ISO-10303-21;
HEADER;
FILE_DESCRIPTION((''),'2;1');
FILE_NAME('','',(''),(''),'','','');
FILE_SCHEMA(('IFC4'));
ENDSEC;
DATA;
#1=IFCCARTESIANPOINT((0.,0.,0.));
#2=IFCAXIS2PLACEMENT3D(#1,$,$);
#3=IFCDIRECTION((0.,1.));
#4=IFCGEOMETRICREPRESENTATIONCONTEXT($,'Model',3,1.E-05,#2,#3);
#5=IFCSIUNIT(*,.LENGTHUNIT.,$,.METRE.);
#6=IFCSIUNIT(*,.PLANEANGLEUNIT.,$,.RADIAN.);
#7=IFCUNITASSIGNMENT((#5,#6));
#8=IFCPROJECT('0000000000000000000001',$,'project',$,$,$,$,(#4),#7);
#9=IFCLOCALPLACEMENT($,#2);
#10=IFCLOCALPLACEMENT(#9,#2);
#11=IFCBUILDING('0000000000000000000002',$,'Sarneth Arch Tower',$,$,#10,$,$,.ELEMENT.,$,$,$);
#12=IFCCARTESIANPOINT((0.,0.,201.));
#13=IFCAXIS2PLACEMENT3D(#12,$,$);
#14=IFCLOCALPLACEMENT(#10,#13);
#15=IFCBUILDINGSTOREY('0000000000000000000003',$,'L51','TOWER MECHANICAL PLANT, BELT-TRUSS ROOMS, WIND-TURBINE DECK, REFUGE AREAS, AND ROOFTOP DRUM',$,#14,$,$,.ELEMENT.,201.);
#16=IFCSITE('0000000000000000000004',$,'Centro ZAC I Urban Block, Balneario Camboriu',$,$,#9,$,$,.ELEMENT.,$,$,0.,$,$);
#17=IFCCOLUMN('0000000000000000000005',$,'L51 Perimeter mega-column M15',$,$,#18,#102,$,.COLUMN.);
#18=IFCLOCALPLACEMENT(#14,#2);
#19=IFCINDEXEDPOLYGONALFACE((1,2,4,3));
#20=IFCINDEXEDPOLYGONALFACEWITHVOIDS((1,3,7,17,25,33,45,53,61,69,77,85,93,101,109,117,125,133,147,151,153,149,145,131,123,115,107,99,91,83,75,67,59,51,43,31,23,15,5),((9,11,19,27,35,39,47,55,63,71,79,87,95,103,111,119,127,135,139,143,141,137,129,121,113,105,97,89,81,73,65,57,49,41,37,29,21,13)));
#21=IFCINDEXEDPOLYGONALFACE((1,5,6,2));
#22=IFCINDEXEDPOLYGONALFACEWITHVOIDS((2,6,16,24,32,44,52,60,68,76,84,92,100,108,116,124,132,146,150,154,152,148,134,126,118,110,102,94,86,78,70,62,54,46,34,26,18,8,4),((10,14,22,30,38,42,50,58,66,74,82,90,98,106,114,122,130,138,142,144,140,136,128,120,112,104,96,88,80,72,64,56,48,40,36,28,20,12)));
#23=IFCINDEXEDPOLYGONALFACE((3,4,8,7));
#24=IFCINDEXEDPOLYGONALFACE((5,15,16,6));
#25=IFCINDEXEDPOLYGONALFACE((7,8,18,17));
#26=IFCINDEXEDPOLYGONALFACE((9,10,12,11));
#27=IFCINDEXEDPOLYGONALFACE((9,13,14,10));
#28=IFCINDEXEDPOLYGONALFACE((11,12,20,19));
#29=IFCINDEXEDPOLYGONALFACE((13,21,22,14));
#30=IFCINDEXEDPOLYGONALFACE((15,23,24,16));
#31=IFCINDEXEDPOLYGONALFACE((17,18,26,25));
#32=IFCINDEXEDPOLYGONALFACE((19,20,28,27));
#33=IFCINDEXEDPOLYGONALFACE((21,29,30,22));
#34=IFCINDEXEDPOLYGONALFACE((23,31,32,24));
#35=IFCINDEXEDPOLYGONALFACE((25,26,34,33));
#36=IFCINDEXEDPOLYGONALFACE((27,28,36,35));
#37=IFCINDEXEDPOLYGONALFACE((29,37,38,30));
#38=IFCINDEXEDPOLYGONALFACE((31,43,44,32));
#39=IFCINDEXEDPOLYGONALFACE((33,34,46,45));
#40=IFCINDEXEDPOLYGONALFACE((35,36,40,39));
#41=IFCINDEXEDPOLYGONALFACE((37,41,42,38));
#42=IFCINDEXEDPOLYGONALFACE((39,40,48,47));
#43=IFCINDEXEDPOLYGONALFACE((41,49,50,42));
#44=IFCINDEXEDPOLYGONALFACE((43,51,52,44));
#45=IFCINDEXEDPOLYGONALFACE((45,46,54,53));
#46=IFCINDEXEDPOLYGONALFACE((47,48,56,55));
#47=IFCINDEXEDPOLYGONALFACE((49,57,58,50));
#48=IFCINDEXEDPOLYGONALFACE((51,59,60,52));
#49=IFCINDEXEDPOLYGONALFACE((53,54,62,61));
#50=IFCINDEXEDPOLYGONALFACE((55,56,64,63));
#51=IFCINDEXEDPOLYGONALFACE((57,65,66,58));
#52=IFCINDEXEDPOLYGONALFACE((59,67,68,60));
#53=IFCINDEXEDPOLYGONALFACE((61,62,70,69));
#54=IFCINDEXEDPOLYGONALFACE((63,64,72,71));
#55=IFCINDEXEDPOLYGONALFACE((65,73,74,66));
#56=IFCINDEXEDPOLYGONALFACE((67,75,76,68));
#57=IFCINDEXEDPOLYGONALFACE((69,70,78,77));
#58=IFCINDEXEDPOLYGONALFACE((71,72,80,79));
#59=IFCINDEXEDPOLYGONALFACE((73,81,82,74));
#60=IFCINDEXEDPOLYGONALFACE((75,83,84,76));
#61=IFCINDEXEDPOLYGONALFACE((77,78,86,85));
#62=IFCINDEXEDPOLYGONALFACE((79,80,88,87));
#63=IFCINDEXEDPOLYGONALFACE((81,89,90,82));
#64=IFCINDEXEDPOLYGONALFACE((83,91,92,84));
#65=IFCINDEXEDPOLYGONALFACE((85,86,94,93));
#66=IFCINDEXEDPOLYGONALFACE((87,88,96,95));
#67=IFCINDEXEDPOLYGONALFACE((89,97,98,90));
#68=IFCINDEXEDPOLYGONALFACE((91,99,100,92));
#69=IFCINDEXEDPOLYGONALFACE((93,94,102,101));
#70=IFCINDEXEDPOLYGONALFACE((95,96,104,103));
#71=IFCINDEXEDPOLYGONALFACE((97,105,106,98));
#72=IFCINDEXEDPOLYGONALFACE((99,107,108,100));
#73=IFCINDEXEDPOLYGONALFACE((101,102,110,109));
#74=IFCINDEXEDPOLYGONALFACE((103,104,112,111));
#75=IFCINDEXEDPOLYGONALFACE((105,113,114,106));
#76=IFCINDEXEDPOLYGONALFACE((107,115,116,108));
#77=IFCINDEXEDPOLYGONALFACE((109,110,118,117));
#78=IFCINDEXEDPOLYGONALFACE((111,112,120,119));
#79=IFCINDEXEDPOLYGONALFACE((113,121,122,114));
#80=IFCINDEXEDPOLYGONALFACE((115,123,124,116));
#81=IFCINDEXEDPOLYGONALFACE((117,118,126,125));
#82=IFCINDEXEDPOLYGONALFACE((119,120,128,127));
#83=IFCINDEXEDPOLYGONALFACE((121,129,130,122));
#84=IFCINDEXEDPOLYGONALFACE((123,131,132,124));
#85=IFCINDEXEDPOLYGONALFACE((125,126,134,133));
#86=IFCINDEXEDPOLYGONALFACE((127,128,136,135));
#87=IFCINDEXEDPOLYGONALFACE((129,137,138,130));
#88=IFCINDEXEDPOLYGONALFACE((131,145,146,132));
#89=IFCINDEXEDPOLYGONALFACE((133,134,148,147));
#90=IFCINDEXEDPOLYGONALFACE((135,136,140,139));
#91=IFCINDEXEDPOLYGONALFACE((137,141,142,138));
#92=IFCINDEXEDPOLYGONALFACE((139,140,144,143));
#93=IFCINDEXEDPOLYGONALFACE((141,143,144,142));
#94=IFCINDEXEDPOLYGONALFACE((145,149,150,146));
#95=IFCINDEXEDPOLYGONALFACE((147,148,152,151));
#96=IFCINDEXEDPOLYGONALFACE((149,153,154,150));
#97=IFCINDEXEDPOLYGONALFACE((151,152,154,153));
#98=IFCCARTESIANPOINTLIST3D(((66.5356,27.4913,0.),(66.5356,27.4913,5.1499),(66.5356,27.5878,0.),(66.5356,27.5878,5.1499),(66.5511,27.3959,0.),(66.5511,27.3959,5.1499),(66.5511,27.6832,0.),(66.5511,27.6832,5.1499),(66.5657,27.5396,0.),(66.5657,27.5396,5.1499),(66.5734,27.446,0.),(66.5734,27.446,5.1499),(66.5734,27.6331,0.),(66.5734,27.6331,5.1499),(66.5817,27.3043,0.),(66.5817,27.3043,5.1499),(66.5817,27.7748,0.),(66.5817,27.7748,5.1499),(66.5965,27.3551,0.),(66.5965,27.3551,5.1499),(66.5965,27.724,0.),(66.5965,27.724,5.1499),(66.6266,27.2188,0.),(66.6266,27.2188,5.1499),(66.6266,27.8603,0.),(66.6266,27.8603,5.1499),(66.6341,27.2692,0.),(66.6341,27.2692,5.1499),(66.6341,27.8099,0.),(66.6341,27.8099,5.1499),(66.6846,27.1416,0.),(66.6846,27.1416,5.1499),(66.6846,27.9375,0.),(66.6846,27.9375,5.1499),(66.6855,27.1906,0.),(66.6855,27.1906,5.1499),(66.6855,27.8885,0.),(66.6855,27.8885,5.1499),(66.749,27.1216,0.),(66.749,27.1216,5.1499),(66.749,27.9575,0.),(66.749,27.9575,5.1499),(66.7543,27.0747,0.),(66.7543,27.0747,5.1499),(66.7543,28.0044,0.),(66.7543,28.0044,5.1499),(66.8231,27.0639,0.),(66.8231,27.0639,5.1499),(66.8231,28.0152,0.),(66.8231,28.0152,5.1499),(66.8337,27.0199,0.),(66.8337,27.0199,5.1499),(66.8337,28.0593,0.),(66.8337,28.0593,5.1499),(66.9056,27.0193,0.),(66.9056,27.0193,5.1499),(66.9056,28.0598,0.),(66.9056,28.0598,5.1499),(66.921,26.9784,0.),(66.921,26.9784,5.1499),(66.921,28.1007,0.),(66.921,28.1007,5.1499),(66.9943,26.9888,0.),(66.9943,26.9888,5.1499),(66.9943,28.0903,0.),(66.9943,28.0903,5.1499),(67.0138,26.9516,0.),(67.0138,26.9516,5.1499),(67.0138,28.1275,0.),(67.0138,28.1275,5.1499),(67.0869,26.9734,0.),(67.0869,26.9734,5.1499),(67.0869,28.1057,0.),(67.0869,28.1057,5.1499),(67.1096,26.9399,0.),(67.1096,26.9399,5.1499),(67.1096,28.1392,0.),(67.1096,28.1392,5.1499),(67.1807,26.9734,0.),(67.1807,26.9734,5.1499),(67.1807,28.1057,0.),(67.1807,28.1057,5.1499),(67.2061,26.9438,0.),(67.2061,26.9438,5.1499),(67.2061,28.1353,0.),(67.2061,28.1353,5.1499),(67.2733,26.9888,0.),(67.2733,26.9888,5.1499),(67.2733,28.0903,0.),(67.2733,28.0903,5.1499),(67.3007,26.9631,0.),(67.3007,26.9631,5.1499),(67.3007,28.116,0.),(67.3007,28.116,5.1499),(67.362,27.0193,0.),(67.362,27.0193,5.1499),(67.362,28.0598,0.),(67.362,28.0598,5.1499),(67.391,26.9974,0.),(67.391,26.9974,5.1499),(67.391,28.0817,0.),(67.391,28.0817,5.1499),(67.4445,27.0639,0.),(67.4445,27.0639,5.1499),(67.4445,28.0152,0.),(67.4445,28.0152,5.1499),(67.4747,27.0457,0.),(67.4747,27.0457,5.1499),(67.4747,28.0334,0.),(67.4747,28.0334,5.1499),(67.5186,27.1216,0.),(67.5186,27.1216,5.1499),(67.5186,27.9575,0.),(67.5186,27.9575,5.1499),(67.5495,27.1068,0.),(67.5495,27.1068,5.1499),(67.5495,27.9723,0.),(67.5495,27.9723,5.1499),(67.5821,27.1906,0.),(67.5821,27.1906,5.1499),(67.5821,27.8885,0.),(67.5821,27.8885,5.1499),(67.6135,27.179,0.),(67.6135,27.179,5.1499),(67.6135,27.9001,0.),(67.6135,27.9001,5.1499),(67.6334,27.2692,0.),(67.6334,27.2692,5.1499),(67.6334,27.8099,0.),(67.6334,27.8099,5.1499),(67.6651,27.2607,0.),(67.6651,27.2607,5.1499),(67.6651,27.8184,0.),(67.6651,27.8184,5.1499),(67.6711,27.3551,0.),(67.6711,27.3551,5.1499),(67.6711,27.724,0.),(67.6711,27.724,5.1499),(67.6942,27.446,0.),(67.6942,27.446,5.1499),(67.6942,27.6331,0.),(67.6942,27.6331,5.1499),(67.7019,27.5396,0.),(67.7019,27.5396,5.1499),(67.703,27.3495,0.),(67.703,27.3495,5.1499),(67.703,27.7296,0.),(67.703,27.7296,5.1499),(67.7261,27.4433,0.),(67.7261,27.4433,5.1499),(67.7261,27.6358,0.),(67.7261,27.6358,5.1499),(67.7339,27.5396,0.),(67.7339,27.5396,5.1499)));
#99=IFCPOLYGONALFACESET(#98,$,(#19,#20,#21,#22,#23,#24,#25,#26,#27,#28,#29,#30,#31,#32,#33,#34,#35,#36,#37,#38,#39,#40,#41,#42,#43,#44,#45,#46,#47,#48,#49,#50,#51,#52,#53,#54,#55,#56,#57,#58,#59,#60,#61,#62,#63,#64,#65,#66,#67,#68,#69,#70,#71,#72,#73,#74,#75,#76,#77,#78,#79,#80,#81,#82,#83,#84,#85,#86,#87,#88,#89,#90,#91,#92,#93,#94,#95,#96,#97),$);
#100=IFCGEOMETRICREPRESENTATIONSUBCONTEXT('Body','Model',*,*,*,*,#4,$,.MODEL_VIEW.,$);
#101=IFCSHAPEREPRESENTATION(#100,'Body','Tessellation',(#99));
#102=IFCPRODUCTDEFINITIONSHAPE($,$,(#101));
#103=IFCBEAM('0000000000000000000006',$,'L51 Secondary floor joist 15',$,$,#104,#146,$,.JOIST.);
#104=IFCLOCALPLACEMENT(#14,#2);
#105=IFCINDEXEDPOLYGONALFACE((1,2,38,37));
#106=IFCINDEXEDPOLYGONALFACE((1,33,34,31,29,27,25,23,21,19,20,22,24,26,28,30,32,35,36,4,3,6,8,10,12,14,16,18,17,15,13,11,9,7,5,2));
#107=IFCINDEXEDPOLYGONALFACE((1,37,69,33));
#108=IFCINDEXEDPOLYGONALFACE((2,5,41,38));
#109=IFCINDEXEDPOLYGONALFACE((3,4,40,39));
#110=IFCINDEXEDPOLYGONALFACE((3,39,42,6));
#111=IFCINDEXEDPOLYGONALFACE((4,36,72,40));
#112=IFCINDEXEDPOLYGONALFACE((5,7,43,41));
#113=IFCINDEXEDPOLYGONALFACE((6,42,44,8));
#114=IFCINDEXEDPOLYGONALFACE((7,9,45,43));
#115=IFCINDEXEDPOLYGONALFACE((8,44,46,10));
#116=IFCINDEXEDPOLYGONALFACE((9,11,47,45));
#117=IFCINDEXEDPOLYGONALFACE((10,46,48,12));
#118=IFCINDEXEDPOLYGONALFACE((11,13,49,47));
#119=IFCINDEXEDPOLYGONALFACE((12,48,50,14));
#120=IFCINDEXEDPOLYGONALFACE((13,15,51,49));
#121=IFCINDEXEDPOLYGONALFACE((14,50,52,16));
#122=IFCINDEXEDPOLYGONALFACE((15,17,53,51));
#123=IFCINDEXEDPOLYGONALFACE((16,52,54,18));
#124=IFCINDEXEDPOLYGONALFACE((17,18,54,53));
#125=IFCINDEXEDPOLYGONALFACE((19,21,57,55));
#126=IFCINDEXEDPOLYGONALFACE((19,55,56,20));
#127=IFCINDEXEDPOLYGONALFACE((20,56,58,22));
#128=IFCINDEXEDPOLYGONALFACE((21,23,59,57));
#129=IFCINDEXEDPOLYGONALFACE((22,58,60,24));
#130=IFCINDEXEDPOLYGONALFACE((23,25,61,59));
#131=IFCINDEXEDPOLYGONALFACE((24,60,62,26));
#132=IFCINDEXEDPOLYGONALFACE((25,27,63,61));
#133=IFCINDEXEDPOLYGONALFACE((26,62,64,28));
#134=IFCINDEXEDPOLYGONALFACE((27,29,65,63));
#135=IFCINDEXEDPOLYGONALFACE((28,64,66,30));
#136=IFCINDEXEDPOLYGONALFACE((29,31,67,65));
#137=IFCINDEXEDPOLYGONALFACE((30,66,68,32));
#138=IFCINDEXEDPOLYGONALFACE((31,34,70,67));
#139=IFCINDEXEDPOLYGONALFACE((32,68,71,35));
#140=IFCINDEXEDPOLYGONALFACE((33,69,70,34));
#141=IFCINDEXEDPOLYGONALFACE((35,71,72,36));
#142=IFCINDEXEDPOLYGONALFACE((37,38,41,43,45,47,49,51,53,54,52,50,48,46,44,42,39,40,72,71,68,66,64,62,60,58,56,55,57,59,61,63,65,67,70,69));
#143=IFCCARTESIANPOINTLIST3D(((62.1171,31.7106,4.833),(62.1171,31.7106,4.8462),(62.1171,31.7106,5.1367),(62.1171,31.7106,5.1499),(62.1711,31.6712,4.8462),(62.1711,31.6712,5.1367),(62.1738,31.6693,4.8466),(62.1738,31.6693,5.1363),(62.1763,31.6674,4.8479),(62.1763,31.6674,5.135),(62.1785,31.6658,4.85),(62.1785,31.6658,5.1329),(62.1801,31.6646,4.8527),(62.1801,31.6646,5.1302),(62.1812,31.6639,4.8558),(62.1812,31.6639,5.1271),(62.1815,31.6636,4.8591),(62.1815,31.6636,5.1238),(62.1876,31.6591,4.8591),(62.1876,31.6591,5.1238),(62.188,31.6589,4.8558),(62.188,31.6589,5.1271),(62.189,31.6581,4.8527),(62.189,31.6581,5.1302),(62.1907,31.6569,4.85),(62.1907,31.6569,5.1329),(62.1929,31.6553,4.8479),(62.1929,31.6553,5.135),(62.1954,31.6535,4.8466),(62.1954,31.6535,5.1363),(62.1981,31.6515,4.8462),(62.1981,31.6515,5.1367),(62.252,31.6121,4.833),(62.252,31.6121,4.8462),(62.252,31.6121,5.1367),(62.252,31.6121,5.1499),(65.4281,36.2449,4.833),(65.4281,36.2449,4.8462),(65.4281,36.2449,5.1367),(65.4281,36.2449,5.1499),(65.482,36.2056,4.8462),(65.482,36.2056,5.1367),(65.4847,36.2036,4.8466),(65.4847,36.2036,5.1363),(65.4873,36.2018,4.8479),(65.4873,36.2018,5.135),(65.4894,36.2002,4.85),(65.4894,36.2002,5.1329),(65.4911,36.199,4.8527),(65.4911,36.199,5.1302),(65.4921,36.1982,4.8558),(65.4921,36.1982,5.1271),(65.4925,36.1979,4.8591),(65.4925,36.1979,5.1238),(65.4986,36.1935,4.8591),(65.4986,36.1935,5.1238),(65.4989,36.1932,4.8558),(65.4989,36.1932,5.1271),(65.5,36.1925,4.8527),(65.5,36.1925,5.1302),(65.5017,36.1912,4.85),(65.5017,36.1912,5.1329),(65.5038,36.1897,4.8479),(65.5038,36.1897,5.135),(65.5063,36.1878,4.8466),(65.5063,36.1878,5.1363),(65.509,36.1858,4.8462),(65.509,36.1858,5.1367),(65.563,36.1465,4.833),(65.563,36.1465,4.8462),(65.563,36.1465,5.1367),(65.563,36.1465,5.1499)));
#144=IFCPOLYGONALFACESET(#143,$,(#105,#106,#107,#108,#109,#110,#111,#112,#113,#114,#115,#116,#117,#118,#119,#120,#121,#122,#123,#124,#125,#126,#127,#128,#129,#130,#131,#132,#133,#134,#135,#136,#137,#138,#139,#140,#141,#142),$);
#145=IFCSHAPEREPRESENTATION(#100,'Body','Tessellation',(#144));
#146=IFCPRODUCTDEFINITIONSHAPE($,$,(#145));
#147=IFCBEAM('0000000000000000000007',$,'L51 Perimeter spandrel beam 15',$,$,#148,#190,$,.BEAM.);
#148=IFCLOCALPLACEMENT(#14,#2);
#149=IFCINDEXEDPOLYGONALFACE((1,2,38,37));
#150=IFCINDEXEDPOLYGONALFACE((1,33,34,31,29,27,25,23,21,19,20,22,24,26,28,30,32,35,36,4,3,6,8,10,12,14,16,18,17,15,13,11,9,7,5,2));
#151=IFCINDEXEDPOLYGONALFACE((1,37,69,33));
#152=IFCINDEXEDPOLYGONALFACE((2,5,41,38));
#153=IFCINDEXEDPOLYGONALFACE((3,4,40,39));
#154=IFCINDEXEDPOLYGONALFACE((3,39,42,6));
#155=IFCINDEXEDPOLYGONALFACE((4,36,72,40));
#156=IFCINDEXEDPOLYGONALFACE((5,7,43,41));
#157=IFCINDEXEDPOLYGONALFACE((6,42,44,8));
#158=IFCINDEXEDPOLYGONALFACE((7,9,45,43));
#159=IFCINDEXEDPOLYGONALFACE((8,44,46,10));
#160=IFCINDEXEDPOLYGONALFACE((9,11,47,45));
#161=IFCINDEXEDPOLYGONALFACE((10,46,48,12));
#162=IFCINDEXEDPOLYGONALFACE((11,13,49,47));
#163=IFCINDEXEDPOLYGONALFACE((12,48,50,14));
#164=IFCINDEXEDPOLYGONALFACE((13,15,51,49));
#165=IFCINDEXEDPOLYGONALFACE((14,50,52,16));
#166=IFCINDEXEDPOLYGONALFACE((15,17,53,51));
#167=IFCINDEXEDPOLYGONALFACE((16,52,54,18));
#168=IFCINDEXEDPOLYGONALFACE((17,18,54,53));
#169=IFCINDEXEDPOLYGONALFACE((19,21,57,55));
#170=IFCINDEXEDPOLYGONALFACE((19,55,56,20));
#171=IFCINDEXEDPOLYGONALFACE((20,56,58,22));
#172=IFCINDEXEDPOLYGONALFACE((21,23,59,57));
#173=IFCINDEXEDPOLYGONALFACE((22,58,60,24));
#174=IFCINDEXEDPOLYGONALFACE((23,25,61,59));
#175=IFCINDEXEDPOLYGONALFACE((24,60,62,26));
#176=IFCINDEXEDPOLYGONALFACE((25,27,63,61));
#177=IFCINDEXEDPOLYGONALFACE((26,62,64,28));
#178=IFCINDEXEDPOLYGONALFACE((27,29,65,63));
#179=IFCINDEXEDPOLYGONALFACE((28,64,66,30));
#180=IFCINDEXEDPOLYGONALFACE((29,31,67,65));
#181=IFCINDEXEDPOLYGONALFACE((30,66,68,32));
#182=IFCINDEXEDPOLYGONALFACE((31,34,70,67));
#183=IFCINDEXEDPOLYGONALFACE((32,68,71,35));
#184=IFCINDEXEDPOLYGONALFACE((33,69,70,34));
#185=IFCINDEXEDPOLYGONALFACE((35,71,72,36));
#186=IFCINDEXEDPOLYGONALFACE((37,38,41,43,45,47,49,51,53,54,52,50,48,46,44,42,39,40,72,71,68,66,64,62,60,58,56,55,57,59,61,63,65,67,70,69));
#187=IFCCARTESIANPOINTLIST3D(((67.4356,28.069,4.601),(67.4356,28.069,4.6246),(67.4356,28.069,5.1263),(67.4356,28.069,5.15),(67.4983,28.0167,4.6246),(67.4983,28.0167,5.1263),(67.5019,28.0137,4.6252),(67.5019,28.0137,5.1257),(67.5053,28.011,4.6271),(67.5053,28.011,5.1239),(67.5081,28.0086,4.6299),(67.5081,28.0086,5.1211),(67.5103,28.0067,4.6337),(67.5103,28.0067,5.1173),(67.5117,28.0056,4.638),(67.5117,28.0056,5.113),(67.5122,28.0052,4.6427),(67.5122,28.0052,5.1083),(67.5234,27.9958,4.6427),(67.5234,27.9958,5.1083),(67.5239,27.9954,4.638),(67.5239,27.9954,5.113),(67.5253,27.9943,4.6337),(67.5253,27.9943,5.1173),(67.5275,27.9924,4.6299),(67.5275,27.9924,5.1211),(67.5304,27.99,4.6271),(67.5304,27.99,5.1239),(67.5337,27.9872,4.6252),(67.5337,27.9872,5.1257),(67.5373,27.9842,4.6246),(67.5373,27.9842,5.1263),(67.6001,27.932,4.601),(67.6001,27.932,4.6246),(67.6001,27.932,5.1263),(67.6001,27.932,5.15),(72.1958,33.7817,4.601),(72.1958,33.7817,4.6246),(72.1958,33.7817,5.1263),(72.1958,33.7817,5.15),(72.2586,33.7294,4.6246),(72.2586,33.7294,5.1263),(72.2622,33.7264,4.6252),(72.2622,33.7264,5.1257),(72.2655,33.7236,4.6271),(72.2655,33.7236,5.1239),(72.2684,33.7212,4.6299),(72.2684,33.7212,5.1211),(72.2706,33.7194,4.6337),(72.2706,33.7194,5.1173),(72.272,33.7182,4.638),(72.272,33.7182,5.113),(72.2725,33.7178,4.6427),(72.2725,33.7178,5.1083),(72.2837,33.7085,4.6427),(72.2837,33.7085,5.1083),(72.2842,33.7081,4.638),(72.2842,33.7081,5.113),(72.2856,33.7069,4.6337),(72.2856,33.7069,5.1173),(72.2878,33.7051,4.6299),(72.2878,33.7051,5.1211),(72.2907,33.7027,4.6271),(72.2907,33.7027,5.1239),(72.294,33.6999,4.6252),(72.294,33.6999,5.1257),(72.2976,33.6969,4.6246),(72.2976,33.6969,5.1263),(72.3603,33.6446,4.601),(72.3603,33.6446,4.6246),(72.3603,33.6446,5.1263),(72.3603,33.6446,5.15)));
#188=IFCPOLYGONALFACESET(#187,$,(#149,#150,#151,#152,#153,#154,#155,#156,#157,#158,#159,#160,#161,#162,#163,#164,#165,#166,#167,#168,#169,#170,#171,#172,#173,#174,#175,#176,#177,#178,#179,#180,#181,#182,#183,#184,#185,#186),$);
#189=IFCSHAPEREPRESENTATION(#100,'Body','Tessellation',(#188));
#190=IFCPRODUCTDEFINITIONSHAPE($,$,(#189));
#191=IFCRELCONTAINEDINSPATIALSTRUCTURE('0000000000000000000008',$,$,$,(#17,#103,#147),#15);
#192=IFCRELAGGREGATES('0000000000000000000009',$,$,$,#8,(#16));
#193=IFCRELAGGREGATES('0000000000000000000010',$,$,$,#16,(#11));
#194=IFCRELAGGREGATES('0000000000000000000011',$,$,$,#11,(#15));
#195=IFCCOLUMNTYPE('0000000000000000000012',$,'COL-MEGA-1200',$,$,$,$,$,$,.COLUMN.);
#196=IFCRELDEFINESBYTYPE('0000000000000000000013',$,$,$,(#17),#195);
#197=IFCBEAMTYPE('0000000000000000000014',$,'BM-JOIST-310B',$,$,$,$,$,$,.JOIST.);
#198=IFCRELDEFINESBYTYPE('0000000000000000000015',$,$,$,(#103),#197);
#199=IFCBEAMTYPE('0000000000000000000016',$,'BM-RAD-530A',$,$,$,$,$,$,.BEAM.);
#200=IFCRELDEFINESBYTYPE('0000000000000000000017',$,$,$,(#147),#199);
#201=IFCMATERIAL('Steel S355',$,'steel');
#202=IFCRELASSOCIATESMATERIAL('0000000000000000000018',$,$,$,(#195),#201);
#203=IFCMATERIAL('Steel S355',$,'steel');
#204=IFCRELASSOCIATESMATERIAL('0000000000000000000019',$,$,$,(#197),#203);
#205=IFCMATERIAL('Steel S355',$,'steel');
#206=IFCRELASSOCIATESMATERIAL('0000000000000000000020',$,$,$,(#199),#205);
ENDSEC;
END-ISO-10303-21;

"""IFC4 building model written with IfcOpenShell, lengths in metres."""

from ifc_helpers import new_model, si_unit, direction, frame, origin, origin_2d, place, context, subcontext, project, spatial, hollow_circle, i_section, extrude, material, material_profile, profile_set, type_object, element, save


model = new_model("IFC4")

# Units and contexts
model_context = context("Model", 3, precision=1e-05, world=origin(), true_north=direction((0.0, 1.0)))
body_context = subcontext(model_context, "Body", "Model", "MODEL_VIEW")
ifc_project = project(units=[si_unit("LENGTHUNIT", "METRE"), si_unit("PLANEANGLEUNIT", "RADIAN")], contexts=[model_context])

# Site, building, storey
site_placement = place(None, origin())
site = spatial("IfcSite", under=ifc_project, at=site_placement, Name="Centro ZAC I Urban Block, Balneario Camboriu", CompositionType="ELEMENT", RefElevation=0.0)
building_placement = place(site_placement, origin())
building = spatial("IfcBuilding", under=site, at=building_placement, Name="Sarneth Arch Tower", CompositionType="ELEMENT")
storey_placement = place(building_placement, frame((0.0, 0.0, 201.0)))
storey = spatial("IfcBuildingStorey", under=building, at=storey_placement, Name="L51", Description="TOWER MECHANICAL PLANT, BELT-TRUSS ROOMS, WIND-TURBINE DECK, REFUGE AREAS, AND ROOFTOP DRUM", CompositionType="ELEMENT", Elevation=201.0)

# Column
ifc_material_1 = material(Name="Steel S355", Category="steel")
ifc_material_profile_1 = material_profile(ifc_material_1, hollow_circle(Radius=0.6001, WallThickness=0.032, at=origin_2d()), Name="CHS1200x32")
ifc_profile_set_1 = profile_set([ifc_material_profile_1], Name="Steel S355")
column_type = type_object("IfcColumnType", Name="COL-MEGA-1200", PredefinedType="COLUMN", material=ifc_profile_set_1)
column_placement = place(storey_placement, frame((67.1338, 27.5396, 0.0), z_axis=(0.0, 0.0, 1.0), x_axis=(1.0, 0.0, 0.0)))
element("IfcColumn", 1, at=column_placement, inside=storey, type_object=column_type, Name="L51 Perimeter mega-column M15", PredefinedType="COLUMN", context=body_context, shape_type="SweptSolid", body=[
    extrude(hollow_circle(Radius=0.6001, WallThickness=0.032, at=origin_2d()), origin(), (0.0, 0.0, 1.0), 5.1499),
])

# Beams
ifc_material_2 = material(Name="Steel S355", Category="steel")
ifc_material_profile_2 = material_profile(ifc_material_2, i_section(OverallWidth=0.167, OverallDepth=0.3169, WebThickness=0.0076, FlangeThickness=0.0132, FilletRadius=0.0129, at=origin_2d()), Name="W310x52")
ifc_profile_set_2 = profile_set([ifc_material_profile_2], Name="Steel S355")
beam_type_1 = type_object("IfcBeamType", Name="BM-JOIST-310B", PredefinedType="JOIST", material=ifc_profile_set_2)
beam_1_placement = place(storey_placement, frame((62.1846, 31.6614, 4.9915), z_axis=(0.589717, 0.80761, 0.0), x_axis=(-0.80761, 0.589717, 0.0)))
element("IfcBeam", 2, at=beam_1_placement, inside=storey, type_object=beam_type_1, Name="L51 Secondary floor joist 15", PredefinedType="JOIST", context=body_context, shape_type="SweptSolid", body=[
    extrude(i_section(OverallWidth=0.167, OverallDepth=0.3169, WebThickness=0.0076, FlangeThickness=0.0132, FilletRadius=0.0129, at=origin_2d()), origin(), (0.0, 0.0, 1.0), 5.6145),
])
ifc_material_3 = material(Name="Steel S355", Category="steel")
ifc_material_profile_3 = material_profile(ifc_material_3, i_section(OverallWidth=0.2141, OverallDepth=0.5491, WebThickness=0.0146, FlangeThickness=0.0237, FilletRadius=0.0181, at=origin_2d()), Name="W530x138")
ifc_profile_set_3 = profile_set([ifc_material_profile_3], Name="Steel S355")
beam_type_2 = type_object("IfcBeamType", Name="BM-RAD-530A", PredefinedType="BEAM", material=ifc_profile_set_3)
beam_2_placement = place(storey_placement, frame((67.5178, 28.0005, 4.8755), z_axis=(0.640162, 0.76824, 0.0), x_axis=(-0.76824, 0.640162, 0.0)))
element("IfcBeam", 3, at=beam_2_placement, inside=storey, type_object=beam_type_2, Name="L51 Perimeter spandrel beam 15", PredefinedType="BEAM", context=body_context, shape_type="SweptSolid", body=[
    extrude(i_section(OverallWidth=0.2141, OverallDepth=0.5491, WebThickness=0.0146, FlangeThickness=0.0237, FilletRadius=0.0181, at=origin_2d()), origin(), (0.0, 0.0, 1.0), 7.436),
])

save(model, "model.ifc")
